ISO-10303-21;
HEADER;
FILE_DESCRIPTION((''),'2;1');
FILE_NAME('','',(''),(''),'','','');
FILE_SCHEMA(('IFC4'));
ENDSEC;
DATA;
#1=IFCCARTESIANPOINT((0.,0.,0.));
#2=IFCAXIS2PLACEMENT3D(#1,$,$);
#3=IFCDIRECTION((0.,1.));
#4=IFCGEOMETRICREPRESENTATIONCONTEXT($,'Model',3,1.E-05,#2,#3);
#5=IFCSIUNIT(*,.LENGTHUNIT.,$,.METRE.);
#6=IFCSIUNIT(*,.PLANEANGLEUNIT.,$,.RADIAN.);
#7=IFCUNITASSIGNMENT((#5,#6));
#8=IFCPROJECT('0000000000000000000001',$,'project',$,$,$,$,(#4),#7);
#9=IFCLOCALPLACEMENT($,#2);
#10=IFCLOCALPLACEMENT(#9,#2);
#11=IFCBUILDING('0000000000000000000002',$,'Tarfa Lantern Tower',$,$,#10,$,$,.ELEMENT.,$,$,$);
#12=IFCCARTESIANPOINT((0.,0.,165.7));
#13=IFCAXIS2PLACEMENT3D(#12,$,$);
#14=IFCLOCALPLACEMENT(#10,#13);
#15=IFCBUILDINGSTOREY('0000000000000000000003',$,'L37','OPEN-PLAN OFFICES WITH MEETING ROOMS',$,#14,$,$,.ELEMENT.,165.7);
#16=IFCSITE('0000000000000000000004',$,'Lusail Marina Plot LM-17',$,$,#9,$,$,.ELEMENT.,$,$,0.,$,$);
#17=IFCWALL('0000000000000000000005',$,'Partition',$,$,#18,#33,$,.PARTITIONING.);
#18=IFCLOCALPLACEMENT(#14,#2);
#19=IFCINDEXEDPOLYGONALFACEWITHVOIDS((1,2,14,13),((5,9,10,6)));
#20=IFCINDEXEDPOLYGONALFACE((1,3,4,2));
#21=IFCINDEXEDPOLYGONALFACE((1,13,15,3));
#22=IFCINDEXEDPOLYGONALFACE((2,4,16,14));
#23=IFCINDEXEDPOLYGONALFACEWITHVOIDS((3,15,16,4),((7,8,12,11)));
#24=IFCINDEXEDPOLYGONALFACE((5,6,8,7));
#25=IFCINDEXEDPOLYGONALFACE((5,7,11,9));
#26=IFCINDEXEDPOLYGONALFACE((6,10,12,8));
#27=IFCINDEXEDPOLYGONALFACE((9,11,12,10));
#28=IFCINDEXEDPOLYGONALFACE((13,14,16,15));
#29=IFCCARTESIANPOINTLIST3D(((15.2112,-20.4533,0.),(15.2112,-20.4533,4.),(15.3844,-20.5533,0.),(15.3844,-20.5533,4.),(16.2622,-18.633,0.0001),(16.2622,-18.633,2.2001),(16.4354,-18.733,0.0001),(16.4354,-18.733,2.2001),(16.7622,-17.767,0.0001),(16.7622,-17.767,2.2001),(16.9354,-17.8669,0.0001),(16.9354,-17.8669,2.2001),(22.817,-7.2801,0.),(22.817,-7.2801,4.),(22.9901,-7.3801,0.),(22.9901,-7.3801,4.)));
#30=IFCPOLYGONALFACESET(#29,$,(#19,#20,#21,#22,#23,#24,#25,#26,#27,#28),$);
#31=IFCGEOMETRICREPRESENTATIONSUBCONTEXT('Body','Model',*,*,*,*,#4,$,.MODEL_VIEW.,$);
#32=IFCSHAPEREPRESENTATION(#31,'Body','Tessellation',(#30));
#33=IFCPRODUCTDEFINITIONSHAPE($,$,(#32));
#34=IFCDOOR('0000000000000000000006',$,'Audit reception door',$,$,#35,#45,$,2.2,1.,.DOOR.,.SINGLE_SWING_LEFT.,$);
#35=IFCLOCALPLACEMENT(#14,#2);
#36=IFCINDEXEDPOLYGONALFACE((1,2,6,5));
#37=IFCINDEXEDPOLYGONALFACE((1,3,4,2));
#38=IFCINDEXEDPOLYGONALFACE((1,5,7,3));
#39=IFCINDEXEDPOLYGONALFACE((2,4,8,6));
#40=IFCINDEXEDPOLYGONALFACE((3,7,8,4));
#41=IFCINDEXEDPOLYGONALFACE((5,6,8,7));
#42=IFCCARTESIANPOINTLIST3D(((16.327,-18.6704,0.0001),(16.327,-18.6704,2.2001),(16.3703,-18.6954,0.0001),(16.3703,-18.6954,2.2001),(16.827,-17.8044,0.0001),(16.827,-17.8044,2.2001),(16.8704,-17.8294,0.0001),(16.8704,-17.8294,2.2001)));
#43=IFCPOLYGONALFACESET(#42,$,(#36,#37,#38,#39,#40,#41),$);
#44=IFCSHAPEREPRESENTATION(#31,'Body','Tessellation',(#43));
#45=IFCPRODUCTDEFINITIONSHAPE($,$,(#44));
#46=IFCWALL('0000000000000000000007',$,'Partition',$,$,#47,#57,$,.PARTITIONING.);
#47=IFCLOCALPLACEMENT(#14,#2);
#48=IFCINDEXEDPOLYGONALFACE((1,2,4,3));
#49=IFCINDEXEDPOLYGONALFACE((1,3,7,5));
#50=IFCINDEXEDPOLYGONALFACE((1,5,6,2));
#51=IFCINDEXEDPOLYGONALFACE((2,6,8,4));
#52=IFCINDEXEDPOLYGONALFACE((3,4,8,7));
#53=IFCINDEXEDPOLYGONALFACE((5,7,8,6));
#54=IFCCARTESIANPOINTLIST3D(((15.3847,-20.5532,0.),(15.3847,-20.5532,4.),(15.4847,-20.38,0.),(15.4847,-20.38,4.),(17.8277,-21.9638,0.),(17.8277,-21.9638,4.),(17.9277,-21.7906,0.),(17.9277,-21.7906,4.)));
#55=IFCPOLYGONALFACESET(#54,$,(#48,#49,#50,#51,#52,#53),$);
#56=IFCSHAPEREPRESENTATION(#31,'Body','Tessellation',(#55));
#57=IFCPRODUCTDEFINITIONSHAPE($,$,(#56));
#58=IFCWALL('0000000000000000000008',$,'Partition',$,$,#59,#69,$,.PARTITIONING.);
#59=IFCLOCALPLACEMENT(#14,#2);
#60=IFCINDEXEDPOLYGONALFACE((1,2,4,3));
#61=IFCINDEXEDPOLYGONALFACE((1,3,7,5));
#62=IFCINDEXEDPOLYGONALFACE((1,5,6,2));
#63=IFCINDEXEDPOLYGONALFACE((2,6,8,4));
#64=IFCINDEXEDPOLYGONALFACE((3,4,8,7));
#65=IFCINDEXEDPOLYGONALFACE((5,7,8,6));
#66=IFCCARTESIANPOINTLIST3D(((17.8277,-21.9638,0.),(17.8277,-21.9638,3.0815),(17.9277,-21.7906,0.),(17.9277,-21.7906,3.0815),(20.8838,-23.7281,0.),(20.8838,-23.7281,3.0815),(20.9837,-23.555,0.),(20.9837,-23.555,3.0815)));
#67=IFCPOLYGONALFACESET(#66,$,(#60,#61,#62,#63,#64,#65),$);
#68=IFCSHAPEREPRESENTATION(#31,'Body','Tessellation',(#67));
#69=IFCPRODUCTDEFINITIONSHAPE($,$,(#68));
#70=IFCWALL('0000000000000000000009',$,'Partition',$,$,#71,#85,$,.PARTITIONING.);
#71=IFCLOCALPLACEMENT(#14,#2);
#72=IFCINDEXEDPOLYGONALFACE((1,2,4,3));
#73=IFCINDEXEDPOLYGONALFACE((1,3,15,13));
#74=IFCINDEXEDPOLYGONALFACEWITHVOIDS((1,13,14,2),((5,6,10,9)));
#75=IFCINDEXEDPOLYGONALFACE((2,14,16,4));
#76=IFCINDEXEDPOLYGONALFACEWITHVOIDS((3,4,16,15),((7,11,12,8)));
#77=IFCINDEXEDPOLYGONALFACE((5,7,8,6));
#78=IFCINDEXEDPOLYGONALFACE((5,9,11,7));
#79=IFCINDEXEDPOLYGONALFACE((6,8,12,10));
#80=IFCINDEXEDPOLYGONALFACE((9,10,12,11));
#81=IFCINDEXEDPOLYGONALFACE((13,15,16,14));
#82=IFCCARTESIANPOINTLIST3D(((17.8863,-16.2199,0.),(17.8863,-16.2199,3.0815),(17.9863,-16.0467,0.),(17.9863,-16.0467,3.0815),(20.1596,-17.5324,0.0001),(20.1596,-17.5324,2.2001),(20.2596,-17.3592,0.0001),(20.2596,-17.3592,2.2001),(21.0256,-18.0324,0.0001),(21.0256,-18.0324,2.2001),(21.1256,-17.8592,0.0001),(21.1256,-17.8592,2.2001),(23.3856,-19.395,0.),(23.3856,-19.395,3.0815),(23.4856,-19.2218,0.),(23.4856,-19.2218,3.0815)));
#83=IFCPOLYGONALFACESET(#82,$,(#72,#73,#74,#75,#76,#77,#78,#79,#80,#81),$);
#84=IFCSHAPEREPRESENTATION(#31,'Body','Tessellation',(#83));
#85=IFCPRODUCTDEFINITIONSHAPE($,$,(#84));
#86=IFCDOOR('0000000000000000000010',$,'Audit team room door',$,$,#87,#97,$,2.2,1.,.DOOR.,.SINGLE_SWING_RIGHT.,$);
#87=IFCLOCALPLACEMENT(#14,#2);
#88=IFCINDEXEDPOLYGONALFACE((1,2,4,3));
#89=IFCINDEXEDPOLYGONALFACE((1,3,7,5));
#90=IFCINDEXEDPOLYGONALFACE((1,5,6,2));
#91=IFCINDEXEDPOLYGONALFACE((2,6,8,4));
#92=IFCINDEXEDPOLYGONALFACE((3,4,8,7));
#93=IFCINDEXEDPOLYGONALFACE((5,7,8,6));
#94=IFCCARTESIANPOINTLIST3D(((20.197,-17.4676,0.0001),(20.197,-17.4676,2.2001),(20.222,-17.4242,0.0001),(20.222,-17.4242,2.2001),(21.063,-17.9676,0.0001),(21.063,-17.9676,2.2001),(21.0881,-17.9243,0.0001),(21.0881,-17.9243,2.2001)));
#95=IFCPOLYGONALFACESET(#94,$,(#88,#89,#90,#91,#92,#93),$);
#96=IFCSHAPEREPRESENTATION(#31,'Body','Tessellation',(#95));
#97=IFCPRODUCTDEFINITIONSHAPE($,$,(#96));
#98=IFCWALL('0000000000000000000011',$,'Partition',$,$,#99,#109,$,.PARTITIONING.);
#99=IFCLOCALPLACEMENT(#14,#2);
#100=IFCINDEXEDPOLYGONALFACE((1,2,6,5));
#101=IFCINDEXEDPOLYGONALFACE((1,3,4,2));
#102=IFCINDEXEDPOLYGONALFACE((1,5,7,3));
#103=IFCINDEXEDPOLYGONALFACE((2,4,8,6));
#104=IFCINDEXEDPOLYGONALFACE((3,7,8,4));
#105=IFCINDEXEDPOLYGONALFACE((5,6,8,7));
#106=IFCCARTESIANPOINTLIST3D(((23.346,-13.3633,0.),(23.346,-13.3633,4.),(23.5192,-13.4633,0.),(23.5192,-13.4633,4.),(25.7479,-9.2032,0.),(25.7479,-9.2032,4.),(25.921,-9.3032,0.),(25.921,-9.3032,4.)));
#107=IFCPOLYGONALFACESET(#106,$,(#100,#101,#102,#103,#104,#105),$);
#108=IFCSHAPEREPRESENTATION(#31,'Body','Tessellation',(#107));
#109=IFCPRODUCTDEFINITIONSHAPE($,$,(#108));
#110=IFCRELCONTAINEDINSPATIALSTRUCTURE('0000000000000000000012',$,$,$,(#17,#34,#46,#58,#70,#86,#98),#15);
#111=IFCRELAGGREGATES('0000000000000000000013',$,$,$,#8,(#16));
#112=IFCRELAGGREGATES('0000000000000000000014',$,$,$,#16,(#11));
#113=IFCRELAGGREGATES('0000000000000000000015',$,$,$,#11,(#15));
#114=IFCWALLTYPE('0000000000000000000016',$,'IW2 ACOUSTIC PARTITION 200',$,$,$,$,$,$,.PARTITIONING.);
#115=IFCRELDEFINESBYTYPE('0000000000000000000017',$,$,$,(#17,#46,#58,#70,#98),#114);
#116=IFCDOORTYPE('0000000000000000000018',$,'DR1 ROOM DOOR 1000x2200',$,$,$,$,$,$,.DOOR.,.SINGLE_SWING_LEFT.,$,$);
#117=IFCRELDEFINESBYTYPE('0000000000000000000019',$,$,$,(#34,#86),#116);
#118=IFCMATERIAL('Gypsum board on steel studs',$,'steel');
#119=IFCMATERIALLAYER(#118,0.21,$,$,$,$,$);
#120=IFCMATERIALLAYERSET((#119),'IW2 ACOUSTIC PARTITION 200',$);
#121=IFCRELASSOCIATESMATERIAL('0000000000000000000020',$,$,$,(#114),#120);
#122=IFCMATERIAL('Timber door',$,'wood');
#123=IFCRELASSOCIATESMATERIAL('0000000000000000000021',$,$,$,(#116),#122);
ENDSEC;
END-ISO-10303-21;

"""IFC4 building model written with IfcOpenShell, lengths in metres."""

from ifc_helpers import new_model, si_unit, direction, frame, frame_2d, origin, place, context, subcontext, project, spatial, rectangle, extrude, material, layer, layer_set, type_object, element, fill, save


model = new_model("IFC4")

# Units and contexts
model_context = context("Model", 3, precision=1e-05, world=origin(), true_north=direction((0.0, 1.0)))
body_context = subcontext(model_context, "Body", "Model", "MODEL_VIEW")
ifc_project = project(units=[si_unit("LENGTHUNIT", "METRE"), si_unit("PLANEANGLEUNIT", "RADIAN")], contexts=[model_context])

# Site, building, storey
site_placement = place(None, origin())
site = spatial("IfcSite", under=ifc_project, at=site_placement, Name="Lusail Marina Plot LM-17", CompositionType="ELEMENT", RefElevation=0.0)
building_placement = place(site_placement, origin())
building = spatial("IfcBuilding", under=site, at=building_placement, Name="Tarfa Lantern Tower", CompositionType="ELEMENT")
storey_placement = place(building_placement, frame((0.0, 0.0, 165.7)))
storey = spatial("IfcBuildingStorey", under=building, at=storey_placement, Name="L37", Description="OPEN-PLAN OFFICES WITH MEETING ROOMS", CompositionType="ELEMENT", Elevation=165.7)

# Wall, opening, door
ifc_material_1 = material(Name="Gypsum board on steel studs", Category="steel")
ifc_layer_1 = layer(ifc_material_1, 0.21)
ifc_layer_set_1 = layer_set([ifc_layer_1], Name="IW2 ACOUSTIC PARTITION 200")
wall_type_1 = type_object("IfcWallType", Name="IW2 ACOUSTIC PARTITION 200", PredefinedType="PARTITIONING", material=ifc_layer_set_1)
wall_1_placement = place(storey_placement, frame((15.2979, -20.5032, 0.0), z_axis=(0.0, 0.0, 1.0), x_axis=(0.500011, 0.866019, 0.0)))
wall_1 = element("IfcWall", 1, at=wall_1_placement, inside=storey, type_object=wall_type_1, Name="Partition", PredefinedType="PARTITIONING", context=body_context, shape_type="SweptSolid", body=[
    extrude(rectangle(XDim=15.2112, YDim=0.2, at=frame_2d((7.6055, 0.0))), origin(), (0.0, 0.0, 1.0), 4.0),
])
opening_1_placement = place(wall_1_placement, frame((2.1018, 0.0, 0.0)))
opening_1 = element("IfcOpeningElement", 2, at=opening_1_placement, cuts=wall_1, PredefinedType="OPENING", context=body_context, shape_type="SweptSolid", body=[
    extrude(rectangle(XDim=1.0, YDim=2.2, at=frame_2d((0.5, 1.1001))), frame((0.0, 0.1099, 0.0), z_axis=(0.0, -1.0, 0.0), x_axis=(1.0, 0.0, 0.0)), (0.0, 0.0, 1.0), 0.22),
])
ifc_material_2 = material(Name="Timber door", Category="wood")
door_type_1 = type_object("IfcDoorType", Name="DR1 ROOM DOOR 1000x2200", OperationType="SINGLE_SWING_LEFT", PredefinedType="DOOR", material=ifc_material_2)
door_1_placement = place(opening_1_placement, frame((1.0, 0.0, 0.0), z_axis=(0.0, 0.0, 1.0), x_axis=(-1.0, 0.0, 0.0)))
door_1 = element("IfcDoor", 3, at=door_1_placement, inside=storey, type_object=door_type_1, Name="Audit reception door", OperationType="SINGLE_SWING_LEFT", OverallHeight=2.2, OverallWidth=1.0, PredefinedType="DOOR", context=body_context, shape_type="SweptSolid", body=[
    extrude(rectangle(XDim=1.0, YDim=2.2, at=frame_2d((0.5, 1.1001))), frame((0.0, 0.0249, 0.0), z_axis=(0.0, -1.0, 0.0), x_axis=(1.0, 0.0, 0.0)), (0.0, 0.0, 1.0), 0.05),
])
fill(opening_1, door_1)

# Walls
wall_2_placement = place(storey_placement, frame((15.4346, -20.4666, 0.0), z_axis=(0.0, 0.0, 1.0), x_axis=(0.866008, -0.50003, 0.0)))
element("IfcWall", 4, at=wall_2_placement, inside=storey, type_object=wall_type_1, Name="Partition", PredefinedType="PARTITIONING", context=body_context, shape_type="SweptSolid", body=[
    extrude(rectangle(XDim=2.821, YDim=0.2, at=frame_2d((1.4106, 0.0))), origin(), (0.0, 0.0, 1.0), 4.0),
])
wall_3_placement = place(storey_placement, frame((17.8777, -21.8772, 0.0), z_axis=(0.0, 0.0, 1.0), x_axis=(0.866034, -0.499986, 0.0)))
element("IfcWall", 5, at=wall_3_placement, inside=storey, type_object=wall_type_1, Name="Partition", PredefinedType="PARTITIONING", context=body_context, shape_type="SweptSolid", body=[
    extrude(rectangle(XDim=3.5288, YDim=0.2, at=frame_2d((1.7644, 0.0))), origin(), (0.0, 0.0, 1.0), 3.0815),
])

# Wall, opening, door
wall_4_placement = place(storey_placement, frame((17.9363, -16.1333, 0.0), z_axis=(0.0, 0.0, 1.0), x_axis=(0.866022, -0.500005, 0.0)))
wall_4 = element("IfcWall", 6, at=wall_4_placement, inside=storey, type_object=wall_type_1, Name="Partition", PredefinedType="PARTITIONING", context=body_context, shape_type="SweptSolid", body=[
    extrude(rectangle(XDim=6.3501, YDim=0.2, at=frame_2d((3.175, 0.0))), origin(), (0.0, 0.0, 1.0), 3.0815),
])
opening_2_placement = place(wall_4_placement, frame((2.625, 0.0, 0.0)))
opening_2 = element("IfcOpeningElement", 7, at=opening_2_placement, cuts=wall_4, PredefinedType="OPENING", context=body_context, shape_type="SweptSolid", body=[
    extrude(rectangle(XDim=1.0, YDim=2.2, at=frame_2d((0.5, 1.1001))), frame((0.0, 0.1099, 0.0), z_axis=(0.0, -1.0, 0.0), x_axis=(1.0, 0.0, 0.0)), (0.0, 0.0, 1.0), 0.22),
])
door_2_placement = place(opening_2_placement, origin())
door_2 = element("IfcDoor", 8, at=door_2_placement, inside=storey, type_object=door_type_1, Name="Audit team room door", OperationType="SINGLE_SWING_RIGHT", OverallHeight=2.2, OverallWidth=1.0, PredefinedType="DOOR", context=body_context, shape_type="SweptSolid", body=[
    extrude(rectangle(XDim=1.0, YDim=2.2, at=frame_2d((0.5, 1.1001))), frame((0.0, 0.0249, 0.0), z_axis=(0.0, -1.0, 0.0), x_axis=(1.0, 0.0, 0.0)), (0.0, 0.0, 1.0), 0.05),
])
fill(opening_2, door_2)

# Wall
wall_5_placement = place(storey_placement, frame((23.4326, -13.4133, 0.0), z_axis=(0.0, 0.0, 1.0), x_axis=(0.499998, 0.866026, 0.0)))
element("IfcWall", 9, at=wall_5_placement, inside=storey, type_object=wall_type_1, Name="Partition", PredefinedType="PARTITIONING", context=body_context, shape_type="SweptSolid", body=[
    extrude(rectangle(XDim=4.8037, YDim=0.2, at=frame_2d((2.4019, 0.0))), origin(), (0.0, 0.0, 1.0), 4.0),
])

save(model, "model.ifc")
